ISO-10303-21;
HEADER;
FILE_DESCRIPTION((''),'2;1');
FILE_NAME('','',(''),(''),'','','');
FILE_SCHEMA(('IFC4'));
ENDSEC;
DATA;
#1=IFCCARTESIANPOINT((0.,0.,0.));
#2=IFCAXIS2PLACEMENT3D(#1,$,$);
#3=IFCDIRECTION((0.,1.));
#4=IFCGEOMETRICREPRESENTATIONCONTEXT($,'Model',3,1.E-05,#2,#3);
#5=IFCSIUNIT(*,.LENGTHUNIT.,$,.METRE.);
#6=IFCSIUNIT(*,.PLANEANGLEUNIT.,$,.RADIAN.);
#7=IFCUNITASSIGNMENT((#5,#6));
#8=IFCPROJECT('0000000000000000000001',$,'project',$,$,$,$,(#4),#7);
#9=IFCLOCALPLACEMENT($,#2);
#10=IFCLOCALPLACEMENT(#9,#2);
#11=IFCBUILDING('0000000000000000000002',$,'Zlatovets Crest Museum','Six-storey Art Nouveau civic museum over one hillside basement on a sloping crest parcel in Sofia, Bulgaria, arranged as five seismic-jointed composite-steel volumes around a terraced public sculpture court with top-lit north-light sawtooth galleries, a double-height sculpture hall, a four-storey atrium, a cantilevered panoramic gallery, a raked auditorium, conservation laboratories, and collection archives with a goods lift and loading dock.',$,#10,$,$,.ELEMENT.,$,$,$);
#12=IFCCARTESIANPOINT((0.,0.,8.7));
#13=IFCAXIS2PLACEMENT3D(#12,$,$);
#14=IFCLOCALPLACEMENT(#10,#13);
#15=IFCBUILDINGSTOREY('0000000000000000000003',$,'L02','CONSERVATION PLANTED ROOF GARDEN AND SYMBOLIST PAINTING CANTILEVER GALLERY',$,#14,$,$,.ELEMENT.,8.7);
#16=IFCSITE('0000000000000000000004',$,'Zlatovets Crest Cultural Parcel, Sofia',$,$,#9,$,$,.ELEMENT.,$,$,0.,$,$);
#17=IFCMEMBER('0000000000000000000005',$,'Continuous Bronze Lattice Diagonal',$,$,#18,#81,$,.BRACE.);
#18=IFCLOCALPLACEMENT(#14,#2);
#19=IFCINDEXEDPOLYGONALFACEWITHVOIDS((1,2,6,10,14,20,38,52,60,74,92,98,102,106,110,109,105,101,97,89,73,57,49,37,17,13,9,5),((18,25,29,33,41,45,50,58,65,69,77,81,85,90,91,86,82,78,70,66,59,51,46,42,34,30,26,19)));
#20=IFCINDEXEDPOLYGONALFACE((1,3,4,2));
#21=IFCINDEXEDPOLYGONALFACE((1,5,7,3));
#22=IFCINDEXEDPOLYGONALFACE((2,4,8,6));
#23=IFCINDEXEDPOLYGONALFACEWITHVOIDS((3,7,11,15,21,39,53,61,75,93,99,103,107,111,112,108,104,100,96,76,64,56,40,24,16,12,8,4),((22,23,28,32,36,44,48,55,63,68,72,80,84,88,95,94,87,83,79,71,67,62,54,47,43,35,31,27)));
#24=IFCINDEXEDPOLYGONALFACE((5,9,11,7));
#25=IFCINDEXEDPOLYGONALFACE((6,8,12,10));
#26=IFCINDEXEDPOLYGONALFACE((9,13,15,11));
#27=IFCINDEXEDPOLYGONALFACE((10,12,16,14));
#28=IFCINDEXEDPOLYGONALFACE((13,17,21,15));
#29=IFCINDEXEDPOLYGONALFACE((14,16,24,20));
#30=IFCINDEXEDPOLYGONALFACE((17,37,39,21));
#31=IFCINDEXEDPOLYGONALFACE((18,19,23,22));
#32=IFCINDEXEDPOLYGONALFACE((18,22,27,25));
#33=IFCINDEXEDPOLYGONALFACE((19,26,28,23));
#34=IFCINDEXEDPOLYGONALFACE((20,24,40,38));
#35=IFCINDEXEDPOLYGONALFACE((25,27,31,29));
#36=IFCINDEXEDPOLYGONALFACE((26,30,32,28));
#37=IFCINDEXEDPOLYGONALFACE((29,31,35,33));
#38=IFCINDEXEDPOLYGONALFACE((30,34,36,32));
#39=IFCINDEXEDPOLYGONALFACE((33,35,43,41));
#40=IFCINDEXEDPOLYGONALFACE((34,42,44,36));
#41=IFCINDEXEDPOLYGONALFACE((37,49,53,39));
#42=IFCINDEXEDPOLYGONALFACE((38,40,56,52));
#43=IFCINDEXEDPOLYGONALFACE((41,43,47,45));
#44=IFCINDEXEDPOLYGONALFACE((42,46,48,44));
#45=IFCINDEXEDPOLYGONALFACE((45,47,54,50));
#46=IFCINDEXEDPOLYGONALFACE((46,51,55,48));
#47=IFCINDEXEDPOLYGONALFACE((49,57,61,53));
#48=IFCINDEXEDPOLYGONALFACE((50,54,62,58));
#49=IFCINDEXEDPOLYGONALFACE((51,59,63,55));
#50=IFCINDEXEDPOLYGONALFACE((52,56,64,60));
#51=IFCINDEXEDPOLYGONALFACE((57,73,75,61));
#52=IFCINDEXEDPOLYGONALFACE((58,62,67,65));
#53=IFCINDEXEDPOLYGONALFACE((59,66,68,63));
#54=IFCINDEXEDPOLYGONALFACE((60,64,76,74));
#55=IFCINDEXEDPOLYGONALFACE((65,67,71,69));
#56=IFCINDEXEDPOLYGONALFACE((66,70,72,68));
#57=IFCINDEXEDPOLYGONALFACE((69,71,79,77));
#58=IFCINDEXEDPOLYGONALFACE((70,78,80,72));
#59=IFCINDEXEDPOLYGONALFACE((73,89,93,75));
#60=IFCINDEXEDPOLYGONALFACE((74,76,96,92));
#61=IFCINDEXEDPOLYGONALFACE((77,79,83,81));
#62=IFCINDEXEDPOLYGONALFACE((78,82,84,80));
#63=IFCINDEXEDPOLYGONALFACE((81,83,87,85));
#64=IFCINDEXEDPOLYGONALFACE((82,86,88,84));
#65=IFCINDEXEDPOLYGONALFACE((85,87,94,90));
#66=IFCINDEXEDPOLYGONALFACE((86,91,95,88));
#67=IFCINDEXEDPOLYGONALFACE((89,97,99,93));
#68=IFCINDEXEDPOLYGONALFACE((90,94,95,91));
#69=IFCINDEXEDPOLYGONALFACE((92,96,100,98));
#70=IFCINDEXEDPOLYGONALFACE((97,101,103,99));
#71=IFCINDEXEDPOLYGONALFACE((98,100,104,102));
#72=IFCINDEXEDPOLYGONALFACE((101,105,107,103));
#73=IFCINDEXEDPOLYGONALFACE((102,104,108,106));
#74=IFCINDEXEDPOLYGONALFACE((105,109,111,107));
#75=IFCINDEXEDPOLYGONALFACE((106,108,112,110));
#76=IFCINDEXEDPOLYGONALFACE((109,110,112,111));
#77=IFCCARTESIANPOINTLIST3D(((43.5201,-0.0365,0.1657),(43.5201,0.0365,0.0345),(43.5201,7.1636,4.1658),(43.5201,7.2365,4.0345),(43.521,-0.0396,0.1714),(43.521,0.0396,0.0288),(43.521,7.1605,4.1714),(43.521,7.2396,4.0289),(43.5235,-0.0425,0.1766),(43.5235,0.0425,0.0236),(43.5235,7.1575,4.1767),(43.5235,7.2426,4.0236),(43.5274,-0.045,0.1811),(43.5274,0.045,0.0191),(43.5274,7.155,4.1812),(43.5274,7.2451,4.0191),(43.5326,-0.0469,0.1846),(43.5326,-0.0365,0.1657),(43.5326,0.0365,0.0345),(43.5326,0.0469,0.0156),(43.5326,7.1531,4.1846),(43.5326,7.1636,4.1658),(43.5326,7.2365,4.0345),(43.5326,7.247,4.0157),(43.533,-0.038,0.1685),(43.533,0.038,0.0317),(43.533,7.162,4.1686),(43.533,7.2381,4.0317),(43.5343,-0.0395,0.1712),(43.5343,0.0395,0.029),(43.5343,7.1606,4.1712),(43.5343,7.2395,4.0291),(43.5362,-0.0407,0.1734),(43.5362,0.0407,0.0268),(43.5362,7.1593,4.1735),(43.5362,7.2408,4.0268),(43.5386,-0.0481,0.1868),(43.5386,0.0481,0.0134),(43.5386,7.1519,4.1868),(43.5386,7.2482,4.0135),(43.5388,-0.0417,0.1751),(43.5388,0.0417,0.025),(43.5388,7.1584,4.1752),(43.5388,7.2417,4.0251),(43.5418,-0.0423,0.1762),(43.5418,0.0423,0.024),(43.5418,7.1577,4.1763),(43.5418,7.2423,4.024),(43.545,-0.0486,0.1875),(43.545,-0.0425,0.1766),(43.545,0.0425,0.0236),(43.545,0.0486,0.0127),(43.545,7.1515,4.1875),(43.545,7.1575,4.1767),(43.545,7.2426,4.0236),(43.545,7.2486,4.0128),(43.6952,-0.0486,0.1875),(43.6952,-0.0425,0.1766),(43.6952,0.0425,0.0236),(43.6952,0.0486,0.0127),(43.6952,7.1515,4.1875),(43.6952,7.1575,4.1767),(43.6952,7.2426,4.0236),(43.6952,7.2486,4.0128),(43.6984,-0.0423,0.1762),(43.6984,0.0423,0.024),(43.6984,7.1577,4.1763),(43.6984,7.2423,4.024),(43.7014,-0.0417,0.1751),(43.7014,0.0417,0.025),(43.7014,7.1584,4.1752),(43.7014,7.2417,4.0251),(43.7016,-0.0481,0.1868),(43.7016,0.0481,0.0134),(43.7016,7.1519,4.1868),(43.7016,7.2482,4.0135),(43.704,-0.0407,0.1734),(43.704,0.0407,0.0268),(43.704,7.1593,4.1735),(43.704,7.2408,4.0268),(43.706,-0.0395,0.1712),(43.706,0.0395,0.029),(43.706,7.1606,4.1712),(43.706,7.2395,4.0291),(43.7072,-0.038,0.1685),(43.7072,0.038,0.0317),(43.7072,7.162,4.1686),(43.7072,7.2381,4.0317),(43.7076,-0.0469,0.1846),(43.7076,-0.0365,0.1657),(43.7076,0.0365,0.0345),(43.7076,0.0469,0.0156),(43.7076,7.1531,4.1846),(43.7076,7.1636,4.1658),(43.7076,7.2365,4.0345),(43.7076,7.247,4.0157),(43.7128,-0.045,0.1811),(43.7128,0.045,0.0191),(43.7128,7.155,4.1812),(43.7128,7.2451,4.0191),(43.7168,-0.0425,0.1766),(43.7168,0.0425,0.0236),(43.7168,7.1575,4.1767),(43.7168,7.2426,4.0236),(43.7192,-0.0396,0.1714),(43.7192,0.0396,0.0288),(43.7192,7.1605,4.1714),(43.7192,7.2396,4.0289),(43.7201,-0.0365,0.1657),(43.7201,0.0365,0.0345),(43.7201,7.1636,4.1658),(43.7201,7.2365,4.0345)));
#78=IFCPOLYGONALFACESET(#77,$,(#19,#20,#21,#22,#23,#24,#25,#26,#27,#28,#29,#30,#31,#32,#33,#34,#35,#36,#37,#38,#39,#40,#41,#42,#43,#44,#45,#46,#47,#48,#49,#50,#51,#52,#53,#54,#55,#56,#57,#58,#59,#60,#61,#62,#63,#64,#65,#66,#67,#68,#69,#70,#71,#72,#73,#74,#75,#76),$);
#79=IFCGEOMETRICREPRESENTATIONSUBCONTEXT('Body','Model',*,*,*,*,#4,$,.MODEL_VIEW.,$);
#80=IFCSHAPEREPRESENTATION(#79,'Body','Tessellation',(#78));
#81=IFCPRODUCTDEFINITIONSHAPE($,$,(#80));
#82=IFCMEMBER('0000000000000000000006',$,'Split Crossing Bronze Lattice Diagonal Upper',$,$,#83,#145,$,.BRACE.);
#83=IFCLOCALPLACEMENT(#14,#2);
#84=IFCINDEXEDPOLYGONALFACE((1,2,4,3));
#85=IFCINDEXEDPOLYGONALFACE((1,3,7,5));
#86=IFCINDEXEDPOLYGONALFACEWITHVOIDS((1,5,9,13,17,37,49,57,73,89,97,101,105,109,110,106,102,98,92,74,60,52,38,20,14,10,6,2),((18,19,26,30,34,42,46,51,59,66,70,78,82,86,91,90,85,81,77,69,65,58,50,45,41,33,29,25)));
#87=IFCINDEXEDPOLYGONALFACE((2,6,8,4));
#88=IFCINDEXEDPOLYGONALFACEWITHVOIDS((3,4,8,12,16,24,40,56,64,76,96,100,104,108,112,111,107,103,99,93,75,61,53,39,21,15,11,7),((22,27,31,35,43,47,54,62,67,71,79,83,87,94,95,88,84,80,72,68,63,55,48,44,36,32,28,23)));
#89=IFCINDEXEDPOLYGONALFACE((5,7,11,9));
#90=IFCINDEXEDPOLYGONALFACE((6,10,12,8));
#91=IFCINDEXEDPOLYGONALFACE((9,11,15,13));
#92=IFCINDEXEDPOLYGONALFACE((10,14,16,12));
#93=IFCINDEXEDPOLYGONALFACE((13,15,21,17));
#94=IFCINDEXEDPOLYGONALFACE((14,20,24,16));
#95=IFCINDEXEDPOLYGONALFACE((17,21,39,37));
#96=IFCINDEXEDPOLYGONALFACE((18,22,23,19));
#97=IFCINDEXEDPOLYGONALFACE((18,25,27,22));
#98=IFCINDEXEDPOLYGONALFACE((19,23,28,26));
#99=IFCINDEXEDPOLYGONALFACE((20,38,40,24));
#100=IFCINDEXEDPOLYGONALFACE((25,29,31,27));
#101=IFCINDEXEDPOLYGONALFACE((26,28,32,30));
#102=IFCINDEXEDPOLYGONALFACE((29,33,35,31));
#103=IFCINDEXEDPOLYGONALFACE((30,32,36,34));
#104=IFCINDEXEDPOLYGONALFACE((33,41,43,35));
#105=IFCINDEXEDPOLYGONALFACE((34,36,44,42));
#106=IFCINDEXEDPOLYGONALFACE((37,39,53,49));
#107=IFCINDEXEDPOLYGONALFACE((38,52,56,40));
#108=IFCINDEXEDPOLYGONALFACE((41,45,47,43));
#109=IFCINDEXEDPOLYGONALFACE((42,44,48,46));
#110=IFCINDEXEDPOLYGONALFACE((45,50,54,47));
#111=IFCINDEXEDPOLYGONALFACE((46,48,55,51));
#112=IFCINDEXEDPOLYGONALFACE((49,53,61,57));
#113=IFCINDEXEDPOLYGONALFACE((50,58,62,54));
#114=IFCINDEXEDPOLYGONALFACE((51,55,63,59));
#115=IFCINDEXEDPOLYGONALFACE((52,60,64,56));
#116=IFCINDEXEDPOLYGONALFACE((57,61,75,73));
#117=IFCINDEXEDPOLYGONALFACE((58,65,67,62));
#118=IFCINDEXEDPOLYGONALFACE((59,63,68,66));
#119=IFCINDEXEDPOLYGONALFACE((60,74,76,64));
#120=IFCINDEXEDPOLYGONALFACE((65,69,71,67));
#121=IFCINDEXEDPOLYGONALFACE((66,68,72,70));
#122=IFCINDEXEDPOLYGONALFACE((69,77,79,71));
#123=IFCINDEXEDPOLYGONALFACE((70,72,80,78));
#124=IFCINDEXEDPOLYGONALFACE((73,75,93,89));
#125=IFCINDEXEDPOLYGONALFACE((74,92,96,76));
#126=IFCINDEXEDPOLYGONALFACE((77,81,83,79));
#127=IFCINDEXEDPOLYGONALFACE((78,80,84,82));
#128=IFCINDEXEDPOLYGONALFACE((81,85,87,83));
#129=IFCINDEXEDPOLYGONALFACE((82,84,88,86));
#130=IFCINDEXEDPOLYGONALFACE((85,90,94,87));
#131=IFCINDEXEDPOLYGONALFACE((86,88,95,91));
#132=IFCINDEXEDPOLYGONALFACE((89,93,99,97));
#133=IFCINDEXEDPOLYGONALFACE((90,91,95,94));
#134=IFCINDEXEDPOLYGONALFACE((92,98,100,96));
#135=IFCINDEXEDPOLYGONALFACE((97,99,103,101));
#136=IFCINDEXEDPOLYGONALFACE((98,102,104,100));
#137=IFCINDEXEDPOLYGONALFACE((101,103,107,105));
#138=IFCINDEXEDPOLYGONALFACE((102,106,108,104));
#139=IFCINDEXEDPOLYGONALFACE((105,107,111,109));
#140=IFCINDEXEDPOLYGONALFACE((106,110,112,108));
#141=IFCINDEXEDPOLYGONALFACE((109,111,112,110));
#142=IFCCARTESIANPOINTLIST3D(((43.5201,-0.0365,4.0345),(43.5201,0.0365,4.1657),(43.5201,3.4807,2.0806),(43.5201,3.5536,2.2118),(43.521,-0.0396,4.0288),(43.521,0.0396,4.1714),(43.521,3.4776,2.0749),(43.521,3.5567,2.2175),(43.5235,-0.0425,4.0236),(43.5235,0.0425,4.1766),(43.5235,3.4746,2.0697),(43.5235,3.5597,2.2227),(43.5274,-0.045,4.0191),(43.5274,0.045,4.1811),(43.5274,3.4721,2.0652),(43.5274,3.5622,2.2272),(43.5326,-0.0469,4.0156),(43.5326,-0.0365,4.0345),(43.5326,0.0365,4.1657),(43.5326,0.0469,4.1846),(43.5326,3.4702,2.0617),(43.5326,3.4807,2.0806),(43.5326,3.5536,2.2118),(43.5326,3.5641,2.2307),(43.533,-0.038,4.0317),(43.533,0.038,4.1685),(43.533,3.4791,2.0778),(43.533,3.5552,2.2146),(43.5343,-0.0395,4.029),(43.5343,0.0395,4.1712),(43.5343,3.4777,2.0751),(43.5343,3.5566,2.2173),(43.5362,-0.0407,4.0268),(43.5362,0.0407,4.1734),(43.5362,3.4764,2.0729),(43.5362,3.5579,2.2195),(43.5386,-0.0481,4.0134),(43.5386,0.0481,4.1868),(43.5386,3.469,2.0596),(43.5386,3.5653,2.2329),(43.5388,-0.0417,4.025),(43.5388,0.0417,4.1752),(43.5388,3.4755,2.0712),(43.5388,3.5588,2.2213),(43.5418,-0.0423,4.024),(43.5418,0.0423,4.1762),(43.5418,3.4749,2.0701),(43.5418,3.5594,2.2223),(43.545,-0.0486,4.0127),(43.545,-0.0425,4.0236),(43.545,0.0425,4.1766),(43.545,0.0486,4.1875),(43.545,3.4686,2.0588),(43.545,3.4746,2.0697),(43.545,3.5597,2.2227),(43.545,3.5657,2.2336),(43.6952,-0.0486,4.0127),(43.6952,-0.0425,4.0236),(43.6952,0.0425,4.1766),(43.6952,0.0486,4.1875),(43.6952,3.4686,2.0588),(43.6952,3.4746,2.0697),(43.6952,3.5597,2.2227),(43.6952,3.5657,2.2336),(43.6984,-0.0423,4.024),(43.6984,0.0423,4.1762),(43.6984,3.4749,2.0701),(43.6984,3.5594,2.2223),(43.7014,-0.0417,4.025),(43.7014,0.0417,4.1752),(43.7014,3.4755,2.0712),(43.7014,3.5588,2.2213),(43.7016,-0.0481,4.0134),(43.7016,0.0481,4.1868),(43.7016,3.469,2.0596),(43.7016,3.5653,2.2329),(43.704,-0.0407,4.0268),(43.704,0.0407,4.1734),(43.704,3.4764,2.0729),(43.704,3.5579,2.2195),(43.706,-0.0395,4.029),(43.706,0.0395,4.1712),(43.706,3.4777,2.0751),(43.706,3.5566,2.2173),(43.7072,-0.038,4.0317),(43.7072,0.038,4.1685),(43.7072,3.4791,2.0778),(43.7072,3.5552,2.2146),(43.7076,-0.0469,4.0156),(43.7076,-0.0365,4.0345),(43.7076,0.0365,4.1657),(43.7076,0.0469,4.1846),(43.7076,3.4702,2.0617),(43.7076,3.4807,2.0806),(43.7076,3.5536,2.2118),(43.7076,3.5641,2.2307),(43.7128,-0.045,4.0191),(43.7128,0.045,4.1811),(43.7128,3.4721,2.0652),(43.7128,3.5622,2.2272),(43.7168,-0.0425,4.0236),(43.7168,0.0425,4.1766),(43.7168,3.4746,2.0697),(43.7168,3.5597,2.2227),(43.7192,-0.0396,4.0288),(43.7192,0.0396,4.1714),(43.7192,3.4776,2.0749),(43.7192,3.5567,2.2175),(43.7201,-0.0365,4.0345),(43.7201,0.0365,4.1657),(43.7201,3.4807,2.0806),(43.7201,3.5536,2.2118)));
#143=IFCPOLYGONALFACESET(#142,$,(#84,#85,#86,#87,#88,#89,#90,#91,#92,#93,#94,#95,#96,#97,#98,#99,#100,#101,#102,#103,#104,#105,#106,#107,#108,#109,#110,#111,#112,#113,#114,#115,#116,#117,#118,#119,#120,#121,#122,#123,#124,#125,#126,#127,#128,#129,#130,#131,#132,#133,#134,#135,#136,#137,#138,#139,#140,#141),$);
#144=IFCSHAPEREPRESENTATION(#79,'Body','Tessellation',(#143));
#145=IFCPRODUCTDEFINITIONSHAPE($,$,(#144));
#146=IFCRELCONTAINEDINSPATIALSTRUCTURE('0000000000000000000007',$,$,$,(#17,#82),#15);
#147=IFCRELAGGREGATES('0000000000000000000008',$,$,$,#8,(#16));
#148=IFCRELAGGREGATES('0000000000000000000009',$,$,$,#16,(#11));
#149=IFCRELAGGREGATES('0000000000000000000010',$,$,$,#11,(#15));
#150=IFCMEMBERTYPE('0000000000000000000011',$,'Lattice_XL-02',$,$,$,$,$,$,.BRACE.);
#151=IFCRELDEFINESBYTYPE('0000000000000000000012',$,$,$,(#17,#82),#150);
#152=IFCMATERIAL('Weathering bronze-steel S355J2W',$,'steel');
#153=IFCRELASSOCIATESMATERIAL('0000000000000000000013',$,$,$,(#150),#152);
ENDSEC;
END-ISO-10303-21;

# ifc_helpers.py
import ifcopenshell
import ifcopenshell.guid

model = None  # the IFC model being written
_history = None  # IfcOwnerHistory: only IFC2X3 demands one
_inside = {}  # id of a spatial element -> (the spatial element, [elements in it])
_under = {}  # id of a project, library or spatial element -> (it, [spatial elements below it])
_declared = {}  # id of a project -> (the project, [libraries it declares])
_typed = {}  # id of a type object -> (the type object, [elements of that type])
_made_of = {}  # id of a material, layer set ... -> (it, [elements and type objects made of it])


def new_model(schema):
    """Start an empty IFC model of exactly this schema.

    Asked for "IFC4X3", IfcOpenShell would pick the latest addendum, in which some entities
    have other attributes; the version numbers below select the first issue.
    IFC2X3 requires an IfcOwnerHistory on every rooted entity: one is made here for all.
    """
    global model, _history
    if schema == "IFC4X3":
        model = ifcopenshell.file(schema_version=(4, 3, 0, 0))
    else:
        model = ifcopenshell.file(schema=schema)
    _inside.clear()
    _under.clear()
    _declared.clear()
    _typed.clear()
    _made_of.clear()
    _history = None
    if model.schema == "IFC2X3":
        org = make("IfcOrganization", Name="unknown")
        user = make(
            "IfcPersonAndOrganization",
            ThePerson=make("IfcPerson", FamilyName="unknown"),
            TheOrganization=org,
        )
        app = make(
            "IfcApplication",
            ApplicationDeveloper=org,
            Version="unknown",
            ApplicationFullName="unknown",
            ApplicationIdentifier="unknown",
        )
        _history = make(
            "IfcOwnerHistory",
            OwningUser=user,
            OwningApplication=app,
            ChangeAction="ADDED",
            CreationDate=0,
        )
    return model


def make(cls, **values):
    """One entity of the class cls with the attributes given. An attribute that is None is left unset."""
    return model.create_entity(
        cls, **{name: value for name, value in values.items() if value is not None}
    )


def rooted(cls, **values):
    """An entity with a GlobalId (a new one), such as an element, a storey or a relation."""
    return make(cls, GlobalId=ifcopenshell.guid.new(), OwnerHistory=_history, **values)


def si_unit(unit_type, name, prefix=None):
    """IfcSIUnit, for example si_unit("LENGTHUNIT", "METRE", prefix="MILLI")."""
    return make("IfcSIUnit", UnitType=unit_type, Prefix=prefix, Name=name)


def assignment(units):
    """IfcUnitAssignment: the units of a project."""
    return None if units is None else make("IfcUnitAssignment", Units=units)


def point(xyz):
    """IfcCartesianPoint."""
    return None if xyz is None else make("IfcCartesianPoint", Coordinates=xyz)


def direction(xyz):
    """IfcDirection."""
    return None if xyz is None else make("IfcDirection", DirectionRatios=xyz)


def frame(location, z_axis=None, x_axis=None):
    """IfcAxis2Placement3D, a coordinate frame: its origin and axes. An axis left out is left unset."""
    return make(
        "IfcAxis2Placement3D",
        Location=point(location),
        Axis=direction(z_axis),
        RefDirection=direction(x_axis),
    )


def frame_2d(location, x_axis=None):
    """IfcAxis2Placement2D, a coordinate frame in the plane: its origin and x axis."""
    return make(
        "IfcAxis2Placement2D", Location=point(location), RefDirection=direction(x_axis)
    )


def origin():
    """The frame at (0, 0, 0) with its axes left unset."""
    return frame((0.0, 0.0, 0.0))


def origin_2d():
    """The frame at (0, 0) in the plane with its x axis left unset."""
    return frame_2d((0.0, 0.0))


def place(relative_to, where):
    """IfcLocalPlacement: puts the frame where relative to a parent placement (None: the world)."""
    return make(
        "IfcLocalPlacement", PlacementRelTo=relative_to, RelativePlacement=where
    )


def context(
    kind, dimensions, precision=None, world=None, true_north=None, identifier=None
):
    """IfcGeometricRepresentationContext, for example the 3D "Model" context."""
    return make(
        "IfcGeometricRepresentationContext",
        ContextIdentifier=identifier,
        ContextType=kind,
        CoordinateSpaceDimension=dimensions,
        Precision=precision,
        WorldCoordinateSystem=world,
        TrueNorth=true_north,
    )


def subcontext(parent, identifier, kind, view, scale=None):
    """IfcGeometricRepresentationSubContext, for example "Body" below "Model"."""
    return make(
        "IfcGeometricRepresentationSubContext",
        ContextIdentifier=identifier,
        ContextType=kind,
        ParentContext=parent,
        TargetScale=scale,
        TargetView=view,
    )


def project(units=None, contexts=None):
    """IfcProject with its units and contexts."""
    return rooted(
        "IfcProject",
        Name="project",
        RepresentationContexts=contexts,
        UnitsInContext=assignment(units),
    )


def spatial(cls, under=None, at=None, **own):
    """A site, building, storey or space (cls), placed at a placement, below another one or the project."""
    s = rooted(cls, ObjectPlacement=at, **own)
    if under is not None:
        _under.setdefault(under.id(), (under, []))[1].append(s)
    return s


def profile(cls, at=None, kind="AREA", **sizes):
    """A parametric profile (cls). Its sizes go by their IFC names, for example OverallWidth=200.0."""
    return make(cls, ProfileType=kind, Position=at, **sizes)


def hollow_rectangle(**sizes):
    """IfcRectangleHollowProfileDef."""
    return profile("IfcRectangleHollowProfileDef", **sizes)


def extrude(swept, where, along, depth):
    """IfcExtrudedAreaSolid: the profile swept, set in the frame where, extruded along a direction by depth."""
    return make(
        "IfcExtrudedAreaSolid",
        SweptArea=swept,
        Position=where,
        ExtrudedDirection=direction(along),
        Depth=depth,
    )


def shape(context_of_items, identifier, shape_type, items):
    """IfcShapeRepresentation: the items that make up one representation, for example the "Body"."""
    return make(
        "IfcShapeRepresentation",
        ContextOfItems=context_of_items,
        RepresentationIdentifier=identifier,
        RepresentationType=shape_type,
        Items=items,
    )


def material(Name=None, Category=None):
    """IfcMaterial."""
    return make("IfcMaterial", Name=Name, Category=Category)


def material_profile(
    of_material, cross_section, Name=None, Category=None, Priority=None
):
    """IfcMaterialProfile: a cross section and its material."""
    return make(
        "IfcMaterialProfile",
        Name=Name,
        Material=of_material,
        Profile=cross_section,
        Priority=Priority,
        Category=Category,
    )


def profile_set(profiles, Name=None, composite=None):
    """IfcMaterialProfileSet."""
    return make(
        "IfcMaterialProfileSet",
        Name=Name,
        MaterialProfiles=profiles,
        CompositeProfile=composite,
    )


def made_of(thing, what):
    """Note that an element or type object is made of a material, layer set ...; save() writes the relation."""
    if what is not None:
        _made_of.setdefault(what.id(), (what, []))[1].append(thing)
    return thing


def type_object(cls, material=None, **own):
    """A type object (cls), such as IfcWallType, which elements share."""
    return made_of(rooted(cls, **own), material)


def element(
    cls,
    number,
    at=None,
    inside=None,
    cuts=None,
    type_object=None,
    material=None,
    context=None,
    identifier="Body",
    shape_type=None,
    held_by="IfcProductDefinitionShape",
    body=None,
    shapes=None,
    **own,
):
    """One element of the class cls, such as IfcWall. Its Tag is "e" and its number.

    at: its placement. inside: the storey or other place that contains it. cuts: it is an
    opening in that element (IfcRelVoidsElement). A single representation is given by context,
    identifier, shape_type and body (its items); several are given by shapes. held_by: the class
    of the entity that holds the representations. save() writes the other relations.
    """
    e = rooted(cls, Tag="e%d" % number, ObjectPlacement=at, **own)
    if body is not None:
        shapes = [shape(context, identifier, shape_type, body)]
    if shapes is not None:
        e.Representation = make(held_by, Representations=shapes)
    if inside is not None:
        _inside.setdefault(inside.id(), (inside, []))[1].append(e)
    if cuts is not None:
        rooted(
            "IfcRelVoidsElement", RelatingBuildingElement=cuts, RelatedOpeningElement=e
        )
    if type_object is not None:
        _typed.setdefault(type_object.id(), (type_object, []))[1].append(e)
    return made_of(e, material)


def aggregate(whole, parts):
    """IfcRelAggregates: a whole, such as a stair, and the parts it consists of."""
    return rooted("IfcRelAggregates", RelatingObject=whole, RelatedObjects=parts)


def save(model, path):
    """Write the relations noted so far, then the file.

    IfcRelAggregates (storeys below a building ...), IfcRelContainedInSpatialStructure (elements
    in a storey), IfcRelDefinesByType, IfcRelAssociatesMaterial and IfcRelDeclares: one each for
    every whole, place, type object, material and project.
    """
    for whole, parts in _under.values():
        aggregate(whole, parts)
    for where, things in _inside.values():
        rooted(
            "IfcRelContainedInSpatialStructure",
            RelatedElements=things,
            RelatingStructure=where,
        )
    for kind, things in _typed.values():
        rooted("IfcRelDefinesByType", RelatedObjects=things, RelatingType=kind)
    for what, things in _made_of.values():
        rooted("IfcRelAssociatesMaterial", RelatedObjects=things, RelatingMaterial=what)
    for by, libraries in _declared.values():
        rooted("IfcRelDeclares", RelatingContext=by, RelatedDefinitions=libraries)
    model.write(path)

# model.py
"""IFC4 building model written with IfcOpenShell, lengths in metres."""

from ifc_helpers import new_model, si_unit, direction, frame, origin, origin_2d, place, context, subcontext, project, spatial, hollow_rectangle, extrude, material, material_profile, profile_set, type_object, element, save


model = new_model("IFC4")

# Units and contexts
model_context = context("Model", 3, precision=1e-05, world=origin(), true_north=direction((0.0, 1.0)))
body_context = subcontext(model_context, "Body", "Model", "MODEL_VIEW")
ifc_project = project(units=[si_unit("LENGTHUNIT", "METRE"), si_unit("PLANEANGLEUNIT", "RADIAN")], contexts=[model_context])

# Site, building, storey
site_placement = place(None, origin())
site = spatial("IfcSite", under=ifc_project, at=site_placement, Name="Zlatovets Crest Cultural Parcel, Sofia", CompositionType="ELEMENT", RefElevation=0.0)
building_placement = place(site_placement, origin())
building = spatial("IfcBuilding", under=site, at=building_placement, Name="Zlatovets Crest Museum", Description="Six-storey Art Nouveau civic museum over one hillside basement on a sloping crest parcel in Sofia, Bulgaria, arranged as five seismic-jointed composite-steel volumes around a terraced public sculpture court with top-lit north-light sawtooth galleries, a double-height sculpture hall, a four-storey atrium, a cantilevered panoramic gallery, a raked auditorium, conservation laboratories, and collection archives with a goods lift and loading dock.", CompositionType="ELEMENT")
storey_placement = place(building_placement, frame((0.0, 0.0, 8.7)))
storey = spatial("IfcBuildingStorey", under=building, at=storey_placement, Name="L02", Description="CONSERVATION PLANTED ROOF GARDEN AND SYMBOLIST PAINTING CANTILEVER GALLERY", CompositionType="ELEMENT", Elevation=8.7)

# Members
ifc_material_1 = material(Name="Weathering bronze-steel S355J2W", Category="steel")
ifc_material_profile_1 = material_profile(ifc_material_1, hollow_rectangle(XDim=0.2, YDim=0.2, WallThickness=0.0125, InnerFilletRadius=0.0125, OuterFilletRadius=0.0249, at=origin_2d()), Name="SHS 200x200x12.5")
ifc_profile_set_1 = profile_set([ifc_material_profile_1], Name="Weathering bronze-steel S355J2W")
member_type_1 = type_object("IfcMemberType", Name="Lattice_XL-02", PredefinedType="BRACE", material=ifc_profile_set_1)
member_1_placement = place(storey_placement, frame((43.6201, 0.0, 0.1001), z_axis=(0.0, 0.874156, 0.485645), x_axis=(-1.0, 0.0, 0.0)))
element("IfcMember", 1, at=member_1_placement, inside=storey, type_object=member_type_1, Name="Continuous Bronze Lattice Diagonal", PredefinedType="BRACE", context=body_context, shape_type="SweptSolid", body=[
    extrude(hollow_rectangle(XDim=0.2, YDim=0.2, WallThickness=0.0125, InnerFilletRadius=0.0125, OuterFilletRadius=0.0249, at=origin_2d()), origin(), (0.0, 0.0, 1.0), 8.2366),
])
member_2_placement = place(storey_placement, frame((43.6201, 0.0, 4.1001), z_axis=(0.0, 0.874166, -0.485627), x_axis=(-1.0, 0.0, 0.0)))
element("IfcMember", 2, at=member_2_placement, inside=storey, type_object=member_type_1, Name="Split Crossing Bronze Lattice Diagonal Upper", PredefinedType="BRACE", context=body_context, shape_type="SweptSolid", body=[
    extrude(hollow_rectangle(XDim=0.2, YDim=0.2, WallThickness=0.0125, InnerFilletRadius=0.0125, OuterFilletRadius=0.0249, at=origin_2d()), origin(), (0.0, 0.0, 1.0), 4.0234),
])

save(model, "model.ifc")
